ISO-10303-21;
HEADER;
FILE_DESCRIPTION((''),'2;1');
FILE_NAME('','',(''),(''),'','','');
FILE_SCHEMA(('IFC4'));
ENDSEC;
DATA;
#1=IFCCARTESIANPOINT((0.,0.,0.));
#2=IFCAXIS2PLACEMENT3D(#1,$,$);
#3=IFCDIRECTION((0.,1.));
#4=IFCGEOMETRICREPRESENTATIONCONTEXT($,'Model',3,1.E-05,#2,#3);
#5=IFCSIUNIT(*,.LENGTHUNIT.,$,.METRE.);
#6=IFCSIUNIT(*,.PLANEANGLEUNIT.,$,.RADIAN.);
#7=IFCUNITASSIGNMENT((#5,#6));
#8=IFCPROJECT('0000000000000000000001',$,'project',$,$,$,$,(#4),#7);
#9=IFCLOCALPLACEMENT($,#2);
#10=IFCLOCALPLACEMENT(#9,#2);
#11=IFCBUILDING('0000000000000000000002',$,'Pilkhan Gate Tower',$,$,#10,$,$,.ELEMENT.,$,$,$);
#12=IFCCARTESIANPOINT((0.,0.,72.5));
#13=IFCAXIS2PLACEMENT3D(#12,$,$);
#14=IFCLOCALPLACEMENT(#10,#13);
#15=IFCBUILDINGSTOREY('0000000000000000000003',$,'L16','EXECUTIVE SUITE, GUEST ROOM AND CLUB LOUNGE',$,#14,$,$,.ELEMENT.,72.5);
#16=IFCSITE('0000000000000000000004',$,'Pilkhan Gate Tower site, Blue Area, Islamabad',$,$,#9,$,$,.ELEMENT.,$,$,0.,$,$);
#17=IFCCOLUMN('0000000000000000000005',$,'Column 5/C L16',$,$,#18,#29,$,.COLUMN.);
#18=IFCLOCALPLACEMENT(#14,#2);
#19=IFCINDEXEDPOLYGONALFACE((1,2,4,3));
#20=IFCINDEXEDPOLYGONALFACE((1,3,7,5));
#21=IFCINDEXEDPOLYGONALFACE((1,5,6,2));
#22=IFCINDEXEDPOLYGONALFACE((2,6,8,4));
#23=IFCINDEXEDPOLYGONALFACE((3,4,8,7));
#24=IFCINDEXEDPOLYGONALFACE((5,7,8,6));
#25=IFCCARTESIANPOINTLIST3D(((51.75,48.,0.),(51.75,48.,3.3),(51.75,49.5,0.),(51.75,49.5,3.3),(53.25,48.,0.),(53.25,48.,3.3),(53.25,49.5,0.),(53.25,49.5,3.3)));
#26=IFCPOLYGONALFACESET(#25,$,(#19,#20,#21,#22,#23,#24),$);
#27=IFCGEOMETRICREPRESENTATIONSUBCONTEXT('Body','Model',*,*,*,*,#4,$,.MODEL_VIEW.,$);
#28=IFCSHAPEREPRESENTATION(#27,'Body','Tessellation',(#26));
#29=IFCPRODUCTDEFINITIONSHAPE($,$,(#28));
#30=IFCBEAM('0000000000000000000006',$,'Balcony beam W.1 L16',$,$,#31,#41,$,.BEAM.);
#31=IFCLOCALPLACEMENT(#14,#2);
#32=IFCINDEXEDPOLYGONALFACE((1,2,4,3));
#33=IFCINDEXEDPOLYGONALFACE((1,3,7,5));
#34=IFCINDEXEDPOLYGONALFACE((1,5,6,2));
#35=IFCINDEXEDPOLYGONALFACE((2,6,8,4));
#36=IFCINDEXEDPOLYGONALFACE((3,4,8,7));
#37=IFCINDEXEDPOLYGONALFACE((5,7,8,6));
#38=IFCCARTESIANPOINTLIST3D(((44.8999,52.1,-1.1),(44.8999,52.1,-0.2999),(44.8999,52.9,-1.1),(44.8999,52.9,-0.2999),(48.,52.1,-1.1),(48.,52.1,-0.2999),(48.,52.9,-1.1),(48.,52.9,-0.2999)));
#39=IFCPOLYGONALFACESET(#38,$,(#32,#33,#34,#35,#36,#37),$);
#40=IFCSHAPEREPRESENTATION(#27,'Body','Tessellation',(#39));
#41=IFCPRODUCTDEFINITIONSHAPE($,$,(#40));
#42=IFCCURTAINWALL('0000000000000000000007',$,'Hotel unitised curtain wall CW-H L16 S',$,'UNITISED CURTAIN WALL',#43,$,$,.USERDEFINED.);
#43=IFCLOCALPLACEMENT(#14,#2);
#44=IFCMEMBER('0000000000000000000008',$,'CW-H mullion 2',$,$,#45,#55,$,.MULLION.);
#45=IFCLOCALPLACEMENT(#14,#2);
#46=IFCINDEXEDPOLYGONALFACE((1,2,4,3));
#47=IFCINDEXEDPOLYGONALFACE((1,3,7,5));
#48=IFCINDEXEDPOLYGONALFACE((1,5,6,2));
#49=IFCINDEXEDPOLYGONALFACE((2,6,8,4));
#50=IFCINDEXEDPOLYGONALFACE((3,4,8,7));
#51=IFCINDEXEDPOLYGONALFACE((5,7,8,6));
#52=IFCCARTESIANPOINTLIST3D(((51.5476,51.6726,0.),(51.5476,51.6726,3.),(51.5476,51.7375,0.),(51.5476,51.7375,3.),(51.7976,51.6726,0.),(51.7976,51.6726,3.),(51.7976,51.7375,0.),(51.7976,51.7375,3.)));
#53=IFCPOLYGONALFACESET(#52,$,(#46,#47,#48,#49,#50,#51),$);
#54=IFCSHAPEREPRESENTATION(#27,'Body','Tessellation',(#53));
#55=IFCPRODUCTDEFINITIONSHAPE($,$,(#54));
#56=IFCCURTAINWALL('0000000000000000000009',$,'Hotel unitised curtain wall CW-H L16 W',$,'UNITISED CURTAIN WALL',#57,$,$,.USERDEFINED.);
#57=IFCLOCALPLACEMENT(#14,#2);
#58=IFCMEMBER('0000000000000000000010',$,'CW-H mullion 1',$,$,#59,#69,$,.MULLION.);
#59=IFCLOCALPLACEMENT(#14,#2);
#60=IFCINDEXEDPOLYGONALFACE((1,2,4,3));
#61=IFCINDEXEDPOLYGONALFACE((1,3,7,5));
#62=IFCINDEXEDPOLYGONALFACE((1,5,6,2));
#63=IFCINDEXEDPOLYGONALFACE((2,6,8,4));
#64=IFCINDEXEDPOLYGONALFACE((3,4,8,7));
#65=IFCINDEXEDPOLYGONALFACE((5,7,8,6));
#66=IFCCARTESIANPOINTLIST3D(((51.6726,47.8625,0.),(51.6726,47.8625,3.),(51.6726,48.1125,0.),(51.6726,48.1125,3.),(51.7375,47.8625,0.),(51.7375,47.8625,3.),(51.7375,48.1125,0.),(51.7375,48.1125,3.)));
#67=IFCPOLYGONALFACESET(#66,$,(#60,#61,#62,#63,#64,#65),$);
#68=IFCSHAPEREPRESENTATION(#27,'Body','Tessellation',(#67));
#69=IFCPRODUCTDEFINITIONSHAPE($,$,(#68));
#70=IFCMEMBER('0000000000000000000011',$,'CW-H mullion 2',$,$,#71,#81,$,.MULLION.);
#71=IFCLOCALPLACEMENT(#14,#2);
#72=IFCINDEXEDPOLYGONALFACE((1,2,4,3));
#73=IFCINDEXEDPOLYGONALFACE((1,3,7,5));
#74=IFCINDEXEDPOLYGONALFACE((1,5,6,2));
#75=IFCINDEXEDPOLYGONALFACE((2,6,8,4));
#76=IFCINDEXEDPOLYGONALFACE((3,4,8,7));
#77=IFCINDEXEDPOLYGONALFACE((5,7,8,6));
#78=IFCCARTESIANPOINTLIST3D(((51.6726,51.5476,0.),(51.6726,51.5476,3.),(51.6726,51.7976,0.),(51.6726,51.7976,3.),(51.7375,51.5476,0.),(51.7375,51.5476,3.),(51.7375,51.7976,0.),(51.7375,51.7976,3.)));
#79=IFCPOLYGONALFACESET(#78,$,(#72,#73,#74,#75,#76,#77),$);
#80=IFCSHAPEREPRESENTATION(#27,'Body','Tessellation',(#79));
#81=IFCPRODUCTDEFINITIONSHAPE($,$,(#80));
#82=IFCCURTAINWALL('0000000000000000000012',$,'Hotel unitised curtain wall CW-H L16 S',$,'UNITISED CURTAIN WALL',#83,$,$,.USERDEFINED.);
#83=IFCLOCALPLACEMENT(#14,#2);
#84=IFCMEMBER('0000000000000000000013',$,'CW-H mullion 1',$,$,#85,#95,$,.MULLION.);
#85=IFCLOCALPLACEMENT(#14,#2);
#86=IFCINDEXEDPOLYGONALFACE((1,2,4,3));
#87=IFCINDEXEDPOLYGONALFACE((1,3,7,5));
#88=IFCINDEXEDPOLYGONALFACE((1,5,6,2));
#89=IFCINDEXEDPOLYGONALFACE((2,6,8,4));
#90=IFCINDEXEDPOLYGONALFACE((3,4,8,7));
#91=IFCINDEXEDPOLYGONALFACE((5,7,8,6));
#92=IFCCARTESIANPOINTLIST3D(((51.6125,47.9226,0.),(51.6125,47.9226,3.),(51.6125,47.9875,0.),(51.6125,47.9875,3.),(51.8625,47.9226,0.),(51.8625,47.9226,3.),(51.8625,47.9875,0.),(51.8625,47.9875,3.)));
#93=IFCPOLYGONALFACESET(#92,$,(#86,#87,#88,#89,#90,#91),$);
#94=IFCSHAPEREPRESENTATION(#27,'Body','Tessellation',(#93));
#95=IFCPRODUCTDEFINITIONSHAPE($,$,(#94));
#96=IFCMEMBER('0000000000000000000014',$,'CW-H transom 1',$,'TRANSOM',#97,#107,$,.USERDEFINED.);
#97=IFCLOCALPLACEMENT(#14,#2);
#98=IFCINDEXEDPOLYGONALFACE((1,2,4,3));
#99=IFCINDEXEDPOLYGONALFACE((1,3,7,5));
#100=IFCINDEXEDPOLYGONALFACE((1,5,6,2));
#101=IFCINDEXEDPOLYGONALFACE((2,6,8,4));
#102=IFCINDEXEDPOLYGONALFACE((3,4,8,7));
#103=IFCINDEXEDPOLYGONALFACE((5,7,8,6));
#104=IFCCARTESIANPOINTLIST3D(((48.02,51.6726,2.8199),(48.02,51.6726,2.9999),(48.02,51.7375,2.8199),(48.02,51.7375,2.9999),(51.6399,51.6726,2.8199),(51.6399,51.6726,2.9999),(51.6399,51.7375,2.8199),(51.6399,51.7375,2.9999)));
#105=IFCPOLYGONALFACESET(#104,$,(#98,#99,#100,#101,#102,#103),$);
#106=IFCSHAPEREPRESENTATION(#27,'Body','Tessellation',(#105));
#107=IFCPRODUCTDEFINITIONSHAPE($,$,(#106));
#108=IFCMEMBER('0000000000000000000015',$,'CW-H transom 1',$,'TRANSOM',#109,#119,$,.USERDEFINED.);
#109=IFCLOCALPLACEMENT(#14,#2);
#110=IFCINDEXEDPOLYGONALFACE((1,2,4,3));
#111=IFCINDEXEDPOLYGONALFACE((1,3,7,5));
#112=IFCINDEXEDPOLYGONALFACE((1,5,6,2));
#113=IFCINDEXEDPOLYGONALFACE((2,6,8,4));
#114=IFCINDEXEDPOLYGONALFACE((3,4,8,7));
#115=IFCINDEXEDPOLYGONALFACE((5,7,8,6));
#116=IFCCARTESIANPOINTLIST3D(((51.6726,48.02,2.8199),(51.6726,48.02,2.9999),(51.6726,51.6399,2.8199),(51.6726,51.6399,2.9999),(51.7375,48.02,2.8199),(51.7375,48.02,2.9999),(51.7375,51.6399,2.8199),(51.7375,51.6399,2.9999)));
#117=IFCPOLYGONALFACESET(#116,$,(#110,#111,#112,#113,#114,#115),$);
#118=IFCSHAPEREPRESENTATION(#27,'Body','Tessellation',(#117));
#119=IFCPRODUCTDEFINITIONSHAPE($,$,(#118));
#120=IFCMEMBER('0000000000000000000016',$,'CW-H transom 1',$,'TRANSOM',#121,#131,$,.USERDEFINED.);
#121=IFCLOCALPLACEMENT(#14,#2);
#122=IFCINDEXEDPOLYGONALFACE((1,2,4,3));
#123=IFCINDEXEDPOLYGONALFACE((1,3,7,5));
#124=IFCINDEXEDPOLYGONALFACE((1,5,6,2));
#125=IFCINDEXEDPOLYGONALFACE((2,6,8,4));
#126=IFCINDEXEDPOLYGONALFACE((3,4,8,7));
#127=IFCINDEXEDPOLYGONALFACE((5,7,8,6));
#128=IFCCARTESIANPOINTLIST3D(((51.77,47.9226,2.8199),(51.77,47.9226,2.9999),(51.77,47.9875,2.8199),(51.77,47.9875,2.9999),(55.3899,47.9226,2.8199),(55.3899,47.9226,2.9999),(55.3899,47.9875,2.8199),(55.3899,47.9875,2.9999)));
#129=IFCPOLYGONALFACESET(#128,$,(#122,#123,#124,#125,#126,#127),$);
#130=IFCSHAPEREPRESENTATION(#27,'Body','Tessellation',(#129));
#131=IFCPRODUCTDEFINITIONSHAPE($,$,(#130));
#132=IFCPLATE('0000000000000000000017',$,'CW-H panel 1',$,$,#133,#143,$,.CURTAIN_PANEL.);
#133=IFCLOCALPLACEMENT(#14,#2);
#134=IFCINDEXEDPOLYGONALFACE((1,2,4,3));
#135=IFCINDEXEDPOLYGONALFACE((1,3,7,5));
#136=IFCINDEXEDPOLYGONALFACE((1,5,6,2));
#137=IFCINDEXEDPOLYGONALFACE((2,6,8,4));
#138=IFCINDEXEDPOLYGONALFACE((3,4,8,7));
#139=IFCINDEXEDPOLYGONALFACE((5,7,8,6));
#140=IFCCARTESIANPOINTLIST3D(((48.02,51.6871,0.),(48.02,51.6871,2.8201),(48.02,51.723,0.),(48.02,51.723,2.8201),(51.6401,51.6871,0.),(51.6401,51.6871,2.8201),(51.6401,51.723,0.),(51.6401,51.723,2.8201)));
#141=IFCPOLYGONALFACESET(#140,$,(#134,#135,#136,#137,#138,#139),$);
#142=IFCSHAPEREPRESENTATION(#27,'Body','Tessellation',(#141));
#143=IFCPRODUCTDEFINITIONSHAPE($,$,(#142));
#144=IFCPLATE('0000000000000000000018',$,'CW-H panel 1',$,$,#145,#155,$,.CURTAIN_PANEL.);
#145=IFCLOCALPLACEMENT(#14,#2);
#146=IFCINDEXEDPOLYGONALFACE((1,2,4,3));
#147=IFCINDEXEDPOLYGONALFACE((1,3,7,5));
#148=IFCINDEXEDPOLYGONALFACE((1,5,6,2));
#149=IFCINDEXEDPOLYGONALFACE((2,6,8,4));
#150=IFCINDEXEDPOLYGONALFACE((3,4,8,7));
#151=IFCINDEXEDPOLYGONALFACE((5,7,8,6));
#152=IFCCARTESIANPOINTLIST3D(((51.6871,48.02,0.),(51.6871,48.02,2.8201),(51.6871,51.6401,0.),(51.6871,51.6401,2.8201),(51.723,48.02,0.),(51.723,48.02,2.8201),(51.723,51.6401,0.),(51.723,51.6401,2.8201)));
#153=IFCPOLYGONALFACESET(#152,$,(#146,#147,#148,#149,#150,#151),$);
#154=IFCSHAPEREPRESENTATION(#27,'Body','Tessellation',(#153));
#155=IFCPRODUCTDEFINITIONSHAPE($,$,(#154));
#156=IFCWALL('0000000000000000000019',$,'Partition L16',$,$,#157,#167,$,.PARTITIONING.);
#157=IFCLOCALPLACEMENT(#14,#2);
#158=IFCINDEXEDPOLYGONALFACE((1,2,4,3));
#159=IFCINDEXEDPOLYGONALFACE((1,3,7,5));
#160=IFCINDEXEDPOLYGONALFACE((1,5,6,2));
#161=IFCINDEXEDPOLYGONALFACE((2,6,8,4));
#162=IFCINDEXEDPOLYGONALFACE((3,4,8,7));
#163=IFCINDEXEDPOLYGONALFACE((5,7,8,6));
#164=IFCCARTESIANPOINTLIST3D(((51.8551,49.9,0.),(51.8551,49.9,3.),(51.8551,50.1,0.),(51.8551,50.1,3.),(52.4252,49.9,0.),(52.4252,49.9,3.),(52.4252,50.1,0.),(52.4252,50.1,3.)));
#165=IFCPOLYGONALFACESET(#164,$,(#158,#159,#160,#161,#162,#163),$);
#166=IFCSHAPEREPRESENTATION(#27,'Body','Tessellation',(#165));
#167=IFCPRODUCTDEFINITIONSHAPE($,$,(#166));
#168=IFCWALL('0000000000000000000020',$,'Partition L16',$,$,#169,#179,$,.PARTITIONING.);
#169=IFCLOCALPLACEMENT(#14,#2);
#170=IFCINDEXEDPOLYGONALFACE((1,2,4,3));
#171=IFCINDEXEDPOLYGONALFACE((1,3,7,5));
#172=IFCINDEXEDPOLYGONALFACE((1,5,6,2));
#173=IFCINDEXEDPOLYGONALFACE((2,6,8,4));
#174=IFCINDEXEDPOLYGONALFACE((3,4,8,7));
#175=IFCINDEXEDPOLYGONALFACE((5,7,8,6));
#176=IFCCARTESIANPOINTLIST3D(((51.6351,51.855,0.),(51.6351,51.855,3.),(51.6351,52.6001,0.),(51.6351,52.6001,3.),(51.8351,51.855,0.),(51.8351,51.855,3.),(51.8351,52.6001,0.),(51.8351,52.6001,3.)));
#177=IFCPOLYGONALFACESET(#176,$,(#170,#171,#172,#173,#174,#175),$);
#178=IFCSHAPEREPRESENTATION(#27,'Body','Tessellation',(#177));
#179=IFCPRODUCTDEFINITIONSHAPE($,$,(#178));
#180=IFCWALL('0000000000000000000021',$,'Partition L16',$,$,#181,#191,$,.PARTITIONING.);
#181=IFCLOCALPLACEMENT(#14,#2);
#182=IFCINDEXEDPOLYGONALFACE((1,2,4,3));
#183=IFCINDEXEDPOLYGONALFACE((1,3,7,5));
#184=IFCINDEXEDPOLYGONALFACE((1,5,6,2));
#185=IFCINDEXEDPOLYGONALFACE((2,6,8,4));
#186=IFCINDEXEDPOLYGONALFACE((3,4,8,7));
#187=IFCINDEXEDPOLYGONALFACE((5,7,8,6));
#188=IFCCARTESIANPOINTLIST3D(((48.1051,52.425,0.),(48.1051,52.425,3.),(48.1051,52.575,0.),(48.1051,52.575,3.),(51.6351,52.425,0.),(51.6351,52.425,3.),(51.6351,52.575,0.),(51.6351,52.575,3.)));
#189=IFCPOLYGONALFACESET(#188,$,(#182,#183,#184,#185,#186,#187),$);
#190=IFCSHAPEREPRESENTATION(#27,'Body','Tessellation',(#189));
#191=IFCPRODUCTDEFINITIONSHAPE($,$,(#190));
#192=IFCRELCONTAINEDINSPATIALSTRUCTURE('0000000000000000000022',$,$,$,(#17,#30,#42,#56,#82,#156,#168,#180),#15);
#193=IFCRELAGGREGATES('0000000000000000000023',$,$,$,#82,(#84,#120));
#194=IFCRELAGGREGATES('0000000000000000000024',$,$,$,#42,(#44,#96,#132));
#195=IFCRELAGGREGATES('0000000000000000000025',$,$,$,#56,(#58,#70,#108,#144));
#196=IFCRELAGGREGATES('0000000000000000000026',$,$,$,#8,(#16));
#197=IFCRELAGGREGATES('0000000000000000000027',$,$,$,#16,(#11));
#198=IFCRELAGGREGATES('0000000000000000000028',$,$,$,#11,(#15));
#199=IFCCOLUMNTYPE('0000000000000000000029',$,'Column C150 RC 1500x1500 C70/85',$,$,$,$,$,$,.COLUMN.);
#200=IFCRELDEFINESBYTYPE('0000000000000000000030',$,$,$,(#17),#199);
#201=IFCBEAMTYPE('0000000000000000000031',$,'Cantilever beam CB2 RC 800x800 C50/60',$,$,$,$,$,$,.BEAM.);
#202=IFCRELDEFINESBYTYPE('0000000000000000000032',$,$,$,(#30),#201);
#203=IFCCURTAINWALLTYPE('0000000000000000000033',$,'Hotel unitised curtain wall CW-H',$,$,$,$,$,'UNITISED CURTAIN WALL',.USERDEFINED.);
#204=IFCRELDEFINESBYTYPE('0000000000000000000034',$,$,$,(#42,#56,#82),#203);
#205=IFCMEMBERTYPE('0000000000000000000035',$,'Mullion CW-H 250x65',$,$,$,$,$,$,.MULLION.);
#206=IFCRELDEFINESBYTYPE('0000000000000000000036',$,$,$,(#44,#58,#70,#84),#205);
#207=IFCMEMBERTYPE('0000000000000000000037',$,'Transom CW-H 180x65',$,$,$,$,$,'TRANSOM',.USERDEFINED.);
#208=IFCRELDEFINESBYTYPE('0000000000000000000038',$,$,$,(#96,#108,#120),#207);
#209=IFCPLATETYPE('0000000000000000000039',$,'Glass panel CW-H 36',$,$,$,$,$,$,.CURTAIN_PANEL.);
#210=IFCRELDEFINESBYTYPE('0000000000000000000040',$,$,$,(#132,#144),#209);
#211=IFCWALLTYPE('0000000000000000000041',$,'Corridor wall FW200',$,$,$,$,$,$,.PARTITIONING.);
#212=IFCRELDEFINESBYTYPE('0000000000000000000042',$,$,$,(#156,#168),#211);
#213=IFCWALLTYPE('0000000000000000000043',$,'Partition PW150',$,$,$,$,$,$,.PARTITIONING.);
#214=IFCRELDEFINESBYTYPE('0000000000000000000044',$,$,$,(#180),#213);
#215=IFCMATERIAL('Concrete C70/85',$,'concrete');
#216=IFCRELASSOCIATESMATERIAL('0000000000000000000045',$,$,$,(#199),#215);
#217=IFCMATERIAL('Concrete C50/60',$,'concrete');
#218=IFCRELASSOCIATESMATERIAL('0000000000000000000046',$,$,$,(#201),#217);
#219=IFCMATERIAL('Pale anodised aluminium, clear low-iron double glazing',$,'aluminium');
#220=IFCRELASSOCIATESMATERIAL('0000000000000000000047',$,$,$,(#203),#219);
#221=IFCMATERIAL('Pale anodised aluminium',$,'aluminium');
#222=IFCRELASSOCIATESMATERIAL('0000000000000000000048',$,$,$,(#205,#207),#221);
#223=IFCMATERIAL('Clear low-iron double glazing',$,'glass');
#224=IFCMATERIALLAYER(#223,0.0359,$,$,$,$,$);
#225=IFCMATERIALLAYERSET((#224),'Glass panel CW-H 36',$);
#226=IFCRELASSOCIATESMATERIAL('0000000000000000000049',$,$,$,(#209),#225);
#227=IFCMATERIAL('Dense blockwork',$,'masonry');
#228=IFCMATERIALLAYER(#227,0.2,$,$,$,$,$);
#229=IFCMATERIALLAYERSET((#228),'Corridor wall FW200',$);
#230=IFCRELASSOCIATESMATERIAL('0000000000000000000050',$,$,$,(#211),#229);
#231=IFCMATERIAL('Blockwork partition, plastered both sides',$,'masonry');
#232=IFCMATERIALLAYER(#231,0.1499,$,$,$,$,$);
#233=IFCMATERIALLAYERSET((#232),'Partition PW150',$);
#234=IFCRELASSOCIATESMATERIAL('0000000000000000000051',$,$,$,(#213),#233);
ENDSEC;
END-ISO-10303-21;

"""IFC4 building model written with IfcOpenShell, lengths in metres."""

from ifc_helpers import new_model, si_unit, direction, frame, frame_2d, origin, origin_2d, place, context, subcontext, project, spatial, rectangle, extrude, material, layer, layer_set, material_profile, profile_set, type_object, element, aggregate, save


model = new_model("IFC4")

# Units and contexts
model_context = context("Model", 3, precision=1e-05, world=origin(), true_north=direction((0.0, 1.0)))
body_context = subcontext(model_context, "Body", "Model", "MODEL_VIEW")
ifc_project = project(units=[si_unit("LENGTHUNIT", "METRE"), si_unit("PLANEANGLEUNIT", "RADIAN")], contexts=[model_context])

# Site, building, storey
site_placement = place(None, origin())
site = spatial("IfcSite", under=ifc_project, at=site_placement, Name="Pilkhan Gate Tower site, Blue Area, Islamabad", CompositionType="ELEMENT", RefElevation=0.0)
building_placement = place(site_placement, origin())
building = spatial("IfcBuilding", under=site, at=building_placement, Name="Pilkhan Gate Tower", CompositionType="ELEMENT")
storey_placement = place(building_placement, frame((0.0, 0.0, 72.5)))
storey = spatial("IfcBuildingStorey", under=building, at=storey_placement, Name="L16", Description="EXECUTIVE SUITE, GUEST ROOM AND CLUB LOUNGE", CompositionType="ELEMENT", Elevation=72.5)

# Column
ifc_material_1 = material(Name="Concrete C70/85", Category="concrete")
ifc_material_profile_1 = material_profile(ifc_material_1, rectangle(XDim=1.5, YDim=1.5, at=origin_2d()), Name="RC 1500x1500")
ifc_profile_set_1 = profile_set([ifc_material_profile_1], Name="Concrete C70/85")
column_type = type_object("IfcColumnType", Name="Column C150 RC 1500x1500 C70/85", PredefinedType="COLUMN", material=ifc_profile_set_1)
column_placement = place(storey_placement, frame((52.5, 48.75, 0.0), z_axis=(0.0, 0.0, 1.0), x_axis=(1.0, 0.0, 0.0)))
element("IfcColumn", 1, at=column_placement, inside=storey, type_object=column_type, Name="Column 5/C L16", PredefinedType="COLUMN", context=body_context, shape_type="SweptSolid", body=[
    extrude(rectangle(XDim=1.5, YDim=1.5, at=origin_2d()), origin(), (0.0, 0.0, 1.0), 3.3),
])

# Beam
ifc_material_2 = material(Name="Concrete C50/60", Category="concrete")
ifc_material_profile_2 = material_profile(ifc_material_2, rectangle(XDim=0.8, YDim=0.8, at=origin_2d()), Name="RC 800x800")
ifc_profile_set_2 = profile_set([ifc_material_profile_2], Name="Concrete C50/60")
beam_type = type_object("IfcBeamType", Name="Cantilever beam CB2 RC 800x800 C50/60", PredefinedType="BEAM", material=ifc_profile_set_2)
beam_placement = place(storey_placement, frame((48.0, 52.5, -0.7), z_axis=(-1.0, 0.0, 0.0), x_axis=(0.0, -1.0, 0.0)))
element("IfcBeam", 2, at=beam_placement, inside=storey, type_object=beam_type, Name="Balcony beam W.1 L16", PredefinedType="BEAM", context=body_context, shape_type="SweptSolid", body=[
    extrude(rectangle(XDim=0.8, YDim=0.8, at=origin_2d()), origin(), (0.0, 0.0, 1.0), 3.1001),
])

# Curtain wall, member
ifc_material_3 = material(Name="Pale anodised aluminium, clear low-iron double glazing", Category="aluminium")
curtain_wall_type = type_object("IfcCurtainWallType", Name="Hotel unitised curtain wall CW-H", ElementType="UNITISED CURTAIN WALL", PredefinedType="USERDEFINED", material=ifc_material_3)
curtain_wall_1_placement = place(storey_placement, origin())
curtain_wall_1 = element("IfcCurtainWall", 3, at=curtain_wall_1_placement, inside=storey, type_object=curtain_wall_type, Name="Hotel unitised curtain wall CW-H L16 S", ObjectType="UNITISED CURTAIN WALL", PredefinedType="USERDEFINED")
ifc_material_4 = material(Name="Pale anodised aluminium", Category="aluminium")
ifc_material_profile_3 = material_profile(ifc_material_4, rectangle(XDim=0.0649, YDim=0.25, at=origin_2d()), Name="Mullion 250x65")
ifc_profile_set_3 = profile_set([ifc_material_profile_3], Name="Pale anodised aluminium")
member_type_1 = type_object("IfcMemberType", Name="Mullion CW-H 250x65", PredefinedType="MULLION", material=ifc_profile_set_3)
member_1_placement = place(storey_placement, frame((51.6726, 51.7051, 0.0), z_axis=(0.0, 0.0, 1.0), x_axis=(0.0, 1.0, 0.0)))
member_1 = element("IfcMember", 4, at=member_1_placement, type_object=member_type_1, Name="CW-H mullion 2", PredefinedType="MULLION", context=body_context, shape_type="SweptSolid", body=[
    extrude(rectangle(XDim=0.0649, YDim=0.25, at=origin_2d()), origin(), (0.0, 0.0, 1.0), 3.0),
])

# Curtain wall, members
curtain_wall_2_placement = place(storey_placement, origin())
curtain_wall_2 = element("IfcCurtainWall", 5, at=curtain_wall_2_placement, inside=storey, type_object=curtain_wall_type, Name="Hotel unitised curtain wall CW-H L16 W", ObjectType="UNITISED CURTAIN WALL", PredefinedType="USERDEFINED")
member_2_placement = place(storey_placement, frame((51.7051, 47.9875, 0.0), z_axis=(0.0, 0.0, 1.0), x_axis=(-1.0, 0.0, 0.0)))
member_2 = element("IfcMember", 6, at=member_2_placement, type_object=member_type_1, Name="CW-H mullion 1", PredefinedType="MULLION", context=body_context, shape_type="SweptSolid", body=[
    extrude(rectangle(XDim=0.0649, YDim=0.25, at=origin_2d()), origin(), (0.0, 0.0, 1.0), 3.0),
])
member_3_placement = place(storey_placement, frame((51.7051, 51.6726, 0.0), z_axis=(0.0, 0.0, 1.0), x_axis=(-1.0, 0.0, 0.0)))
member_3 = element("IfcMember", 7, at=member_3_placement, type_object=member_type_1, Name="CW-H mullion 2", PredefinedType="MULLION", context=body_context, shape_type="SweptSolid", body=[
    extrude(rectangle(XDim=0.0649, YDim=0.25, at=origin_2d()), origin(), (0.0, 0.0, 1.0), 3.0),
])

# Curtain wall, member
curtain_wall_3_placement = place(storey_placement, origin())
curtain_wall_3 = element("IfcCurtainWall", 8, at=curtain_wall_3_placement, inside=storey, type_object=curtain_wall_type, Name="Hotel unitised curtain wall CW-H L16 S", ObjectType="UNITISED CURTAIN WALL", PredefinedType="USERDEFINED")
member_4_placement = place(storey_placement, frame((51.7375, 47.9551, 0.0), z_axis=(0.0, 0.0, 1.0), x_axis=(0.0, 1.0, 0.0)))
member_4 = element("IfcMember", 9, at=member_4_placement, type_object=member_type_1, Name="CW-H mullion 1", PredefinedType="MULLION", context=body_context, shape_type="SweptSolid", body=[
    extrude(rectangle(XDim=0.0649, YDim=0.25, at=origin_2d()), origin(), (0.0, 0.0, 1.0), 3.0),
])

# Members
ifc_material_profile_4 = material_profile(ifc_material_4, rectangle(XDim=0.0649, YDim=0.1799, at=origin_2d()), Name="Transom 180x65")
ifc_profile_set_4 = profile_set([ifc_material_profile_4], Name="Pale anodised aluminium")
member_type_2 = type_object("IfcMemberType", Name="Transom CW-H 180x65", ElementType="TRANSOM", PredefinedType="USERDEFINED", material=ifc_profile_set_4)
member_5_placement = place(storey_placement, frame((48.02, 51.7051, 2.9099), z_axis=(1.0, 0.0, 0.0), x_axis=(0.0, 1.0, 0.0)))
member_5 = element("IfcMember", 10, at=member_5_placement, type_object=member_type_2, Name="CW-H transom 1", ObjectType="TRANSOM", PredefinedType="USERDEFINED", context=body_context, shape_type="SweptSolid", body=[
    extrude(rectangle(XDim=0.0649, YDim=0.1799, at=origin_2d()), origin(), (0.0, 0.0, 1.0), 3.6199),
])
member_6_placement = place(storey_placement, frame((51.7051, 48.02, 2.9099), z_axis=(0.0, 1.0, 0.0), x_axis=(-1.0, 0.0, 0.0)))
member_6 = element("IfcMember", 11, at=member_6_placement, type_object=member_type_2, Name="CW-H transom 1", ObjectType="TRANSOM", PredefinedType="USERDEFINED", context=body_context, shape_type="SweptSolid", body=[
    extrude(rectangle(XDim=0.0649, YDim=0.1799, at=origin_2d()), origin(), (0.0, 0.0, 1.0), 3.6199),
])
member_7_placement = place(storey_placement, frame((51.77, 47.9551, 2.9099), z_axis=(1.0, 0.0, 0.0), x_axis=(0.0, 1.0, 0.0)))
member_7 = element("IfcMember", 12, at=member_7_placement, type_object=member_type_2, Name="CW-H transom 1", ObjectType="TRANSOM", PredefinedType="USERDEFINED", context=body_context, shape_type="SweptSolid", body=[
    extrude(rectangle(XDim=0.0649, YDim=0.1799, at=origin_2d()), origin(), (0.0, 0.0, 1.0), 3.6199),
])
aggregate(curtain_wall_3, [member_4, member_7])

# Plates
ifc_material_5 = material(Name="Clear low-iron double glazing", Category="glass")
ifc_layer_1 = layer(ifc_material_5, 0.0359)
ifc_layer_set_1 = layer_set([ifc_layer_1], Name="Glass panel CW-H 36")
plate_type = type_object("IfcPlateType", Name="Glass panel CW-H 36", PredefinedType="CURTAIN_PANEL", material=ifc_layer_set_1)
plate_1_placement = place(storey_placement, frame((49.8301, 51.7051, 0.0), z_axis=(0.0, 0.0, 1.0), x_axis=(1.0, 0.0, 0.0)))
plate_1 = element("IfcPlate", 13, at=plate_1_placement, type_object=plate_type, Name="CW-H panel 1", PredefinedType="CURTAIN_PANEL", context=body_context, shape_type="SweptSolid", body=[
    extrude(rectangle(XDim=3.6201, YDim=0.0359, at=origin_2d()), origin(), (0.0, 0.0, 1.0), 2.8201),
])
aggregate(curtain_wall_1, [member_1, member_5, plate_1])
plate_2_placement = place(storey_placement, frame((51.7051, 49.8301, 0.0), z_axis=(0.0, 0.0, 1.0), x_axis=(0.0, 1.0, 0.0)))
plate_2 = element("IfcPlate", 14, at=plate_2_placement, type_object=plate_type, Name="CW-H panel 1", PredefinedType="CURTAIN_PANEL", context=body_context, shape_type="SweptSolid", body=[
    extrude(rectangle(XDim=3.6201, YDim=0.0359, at=origin_2d()), origin(), (0.0, 0.0, 1.0), 2.8201),
])
aggregate(curtain_wall_2, [member_2, member_3, member_6, plate_2])

# Wall
ifc_material_6 = material(Name="Dense blockwork", Category="masonry")
ifc_layer_2 = layer(ifc_material_6, 0.2)
ifc_layer_set_2 = layer_set([ifc_layer_2], Name="Corridor wall FW200")
wall_type_1 = type_object("IfcWallType", Name="Corridor wall FW200", PredefinedType="PARTITIONING", material=ifc_layer_set_2)
wall_1_placement = place(storey_placement, frame((51.855, 50.0, 0.0), z_axis=(0.0, 0.0, 1.0), x_axis=(1.0, 0.0, 0.0)))
element("IfcWall", 15, at=wall_1_placement, inside=storey, type_object=wall_type_1, Name="Partition L16", PredefinedType="PARTITIONING", context=body_context, shape_type="SweptSolid", body=[
    extrude(rectangle(XDim=0.5701, YDim=0.2, at=frame_2d((0.2852, 0.0))), origin(), (0.0, 0.0, 1.0), 3.0),
])

# Walls
wall_2_placement = place(storey_placement, frame((51.7351, 51.855, 0.0), z_axis=(0.0, 0.0, 1.0), x_axis=(0.0, 1.0, 0.0)))
element("IfcWall", 16, at=wall_2_placement, inside=storey, type_object=wall_type_1, Name="Partition L16", PredefinedType="PARTITIONING", context=body_context, shape_type="SweptSolid", body=[
    extrude(rectangle(XDim=0.7451, YDim=0.2, at=frame_2d((0.3726, 0.0))), origin(), (0.0, 0.0, 1.0), 3.0),
])
ifc_material_7 = material(Name="Blockwork partition, plastered both sides", Category="masonry")
ifc_layer_3 = layer(ifc_material_7, 0.1499)
ifc_layer_set_3 = layer_set([ifc_layer_3], Name="Partition PW150")
wall_type_2 = type_object("IfcWallType", Name="Partition PW150", PredefinedType="PARTITIONING", material=ifc_layer_set_3)
wall_3_placement = place(storey_placement, frame((48.105, 52.5, 0.0), z_axis=(0.0, 0.0, 1.0), x_axis=(1.0, 0.0, 0.0)))
element("IfcWall", 17, at=wall_3_placement, inside=storey, type_object=wall_type_2, Name="Partition L16", PredefinedType="PARTITIONING", context=body_context, shape_type="SweptSolid", body=[
    extrude(rectangle(XDim=3.53, YDim=0.1499, at=frame_2d((1.7651, 0.0))), origin(), (0.0, 0.0, 1.0), 3.0),
])

save(model, "model.ifc")
